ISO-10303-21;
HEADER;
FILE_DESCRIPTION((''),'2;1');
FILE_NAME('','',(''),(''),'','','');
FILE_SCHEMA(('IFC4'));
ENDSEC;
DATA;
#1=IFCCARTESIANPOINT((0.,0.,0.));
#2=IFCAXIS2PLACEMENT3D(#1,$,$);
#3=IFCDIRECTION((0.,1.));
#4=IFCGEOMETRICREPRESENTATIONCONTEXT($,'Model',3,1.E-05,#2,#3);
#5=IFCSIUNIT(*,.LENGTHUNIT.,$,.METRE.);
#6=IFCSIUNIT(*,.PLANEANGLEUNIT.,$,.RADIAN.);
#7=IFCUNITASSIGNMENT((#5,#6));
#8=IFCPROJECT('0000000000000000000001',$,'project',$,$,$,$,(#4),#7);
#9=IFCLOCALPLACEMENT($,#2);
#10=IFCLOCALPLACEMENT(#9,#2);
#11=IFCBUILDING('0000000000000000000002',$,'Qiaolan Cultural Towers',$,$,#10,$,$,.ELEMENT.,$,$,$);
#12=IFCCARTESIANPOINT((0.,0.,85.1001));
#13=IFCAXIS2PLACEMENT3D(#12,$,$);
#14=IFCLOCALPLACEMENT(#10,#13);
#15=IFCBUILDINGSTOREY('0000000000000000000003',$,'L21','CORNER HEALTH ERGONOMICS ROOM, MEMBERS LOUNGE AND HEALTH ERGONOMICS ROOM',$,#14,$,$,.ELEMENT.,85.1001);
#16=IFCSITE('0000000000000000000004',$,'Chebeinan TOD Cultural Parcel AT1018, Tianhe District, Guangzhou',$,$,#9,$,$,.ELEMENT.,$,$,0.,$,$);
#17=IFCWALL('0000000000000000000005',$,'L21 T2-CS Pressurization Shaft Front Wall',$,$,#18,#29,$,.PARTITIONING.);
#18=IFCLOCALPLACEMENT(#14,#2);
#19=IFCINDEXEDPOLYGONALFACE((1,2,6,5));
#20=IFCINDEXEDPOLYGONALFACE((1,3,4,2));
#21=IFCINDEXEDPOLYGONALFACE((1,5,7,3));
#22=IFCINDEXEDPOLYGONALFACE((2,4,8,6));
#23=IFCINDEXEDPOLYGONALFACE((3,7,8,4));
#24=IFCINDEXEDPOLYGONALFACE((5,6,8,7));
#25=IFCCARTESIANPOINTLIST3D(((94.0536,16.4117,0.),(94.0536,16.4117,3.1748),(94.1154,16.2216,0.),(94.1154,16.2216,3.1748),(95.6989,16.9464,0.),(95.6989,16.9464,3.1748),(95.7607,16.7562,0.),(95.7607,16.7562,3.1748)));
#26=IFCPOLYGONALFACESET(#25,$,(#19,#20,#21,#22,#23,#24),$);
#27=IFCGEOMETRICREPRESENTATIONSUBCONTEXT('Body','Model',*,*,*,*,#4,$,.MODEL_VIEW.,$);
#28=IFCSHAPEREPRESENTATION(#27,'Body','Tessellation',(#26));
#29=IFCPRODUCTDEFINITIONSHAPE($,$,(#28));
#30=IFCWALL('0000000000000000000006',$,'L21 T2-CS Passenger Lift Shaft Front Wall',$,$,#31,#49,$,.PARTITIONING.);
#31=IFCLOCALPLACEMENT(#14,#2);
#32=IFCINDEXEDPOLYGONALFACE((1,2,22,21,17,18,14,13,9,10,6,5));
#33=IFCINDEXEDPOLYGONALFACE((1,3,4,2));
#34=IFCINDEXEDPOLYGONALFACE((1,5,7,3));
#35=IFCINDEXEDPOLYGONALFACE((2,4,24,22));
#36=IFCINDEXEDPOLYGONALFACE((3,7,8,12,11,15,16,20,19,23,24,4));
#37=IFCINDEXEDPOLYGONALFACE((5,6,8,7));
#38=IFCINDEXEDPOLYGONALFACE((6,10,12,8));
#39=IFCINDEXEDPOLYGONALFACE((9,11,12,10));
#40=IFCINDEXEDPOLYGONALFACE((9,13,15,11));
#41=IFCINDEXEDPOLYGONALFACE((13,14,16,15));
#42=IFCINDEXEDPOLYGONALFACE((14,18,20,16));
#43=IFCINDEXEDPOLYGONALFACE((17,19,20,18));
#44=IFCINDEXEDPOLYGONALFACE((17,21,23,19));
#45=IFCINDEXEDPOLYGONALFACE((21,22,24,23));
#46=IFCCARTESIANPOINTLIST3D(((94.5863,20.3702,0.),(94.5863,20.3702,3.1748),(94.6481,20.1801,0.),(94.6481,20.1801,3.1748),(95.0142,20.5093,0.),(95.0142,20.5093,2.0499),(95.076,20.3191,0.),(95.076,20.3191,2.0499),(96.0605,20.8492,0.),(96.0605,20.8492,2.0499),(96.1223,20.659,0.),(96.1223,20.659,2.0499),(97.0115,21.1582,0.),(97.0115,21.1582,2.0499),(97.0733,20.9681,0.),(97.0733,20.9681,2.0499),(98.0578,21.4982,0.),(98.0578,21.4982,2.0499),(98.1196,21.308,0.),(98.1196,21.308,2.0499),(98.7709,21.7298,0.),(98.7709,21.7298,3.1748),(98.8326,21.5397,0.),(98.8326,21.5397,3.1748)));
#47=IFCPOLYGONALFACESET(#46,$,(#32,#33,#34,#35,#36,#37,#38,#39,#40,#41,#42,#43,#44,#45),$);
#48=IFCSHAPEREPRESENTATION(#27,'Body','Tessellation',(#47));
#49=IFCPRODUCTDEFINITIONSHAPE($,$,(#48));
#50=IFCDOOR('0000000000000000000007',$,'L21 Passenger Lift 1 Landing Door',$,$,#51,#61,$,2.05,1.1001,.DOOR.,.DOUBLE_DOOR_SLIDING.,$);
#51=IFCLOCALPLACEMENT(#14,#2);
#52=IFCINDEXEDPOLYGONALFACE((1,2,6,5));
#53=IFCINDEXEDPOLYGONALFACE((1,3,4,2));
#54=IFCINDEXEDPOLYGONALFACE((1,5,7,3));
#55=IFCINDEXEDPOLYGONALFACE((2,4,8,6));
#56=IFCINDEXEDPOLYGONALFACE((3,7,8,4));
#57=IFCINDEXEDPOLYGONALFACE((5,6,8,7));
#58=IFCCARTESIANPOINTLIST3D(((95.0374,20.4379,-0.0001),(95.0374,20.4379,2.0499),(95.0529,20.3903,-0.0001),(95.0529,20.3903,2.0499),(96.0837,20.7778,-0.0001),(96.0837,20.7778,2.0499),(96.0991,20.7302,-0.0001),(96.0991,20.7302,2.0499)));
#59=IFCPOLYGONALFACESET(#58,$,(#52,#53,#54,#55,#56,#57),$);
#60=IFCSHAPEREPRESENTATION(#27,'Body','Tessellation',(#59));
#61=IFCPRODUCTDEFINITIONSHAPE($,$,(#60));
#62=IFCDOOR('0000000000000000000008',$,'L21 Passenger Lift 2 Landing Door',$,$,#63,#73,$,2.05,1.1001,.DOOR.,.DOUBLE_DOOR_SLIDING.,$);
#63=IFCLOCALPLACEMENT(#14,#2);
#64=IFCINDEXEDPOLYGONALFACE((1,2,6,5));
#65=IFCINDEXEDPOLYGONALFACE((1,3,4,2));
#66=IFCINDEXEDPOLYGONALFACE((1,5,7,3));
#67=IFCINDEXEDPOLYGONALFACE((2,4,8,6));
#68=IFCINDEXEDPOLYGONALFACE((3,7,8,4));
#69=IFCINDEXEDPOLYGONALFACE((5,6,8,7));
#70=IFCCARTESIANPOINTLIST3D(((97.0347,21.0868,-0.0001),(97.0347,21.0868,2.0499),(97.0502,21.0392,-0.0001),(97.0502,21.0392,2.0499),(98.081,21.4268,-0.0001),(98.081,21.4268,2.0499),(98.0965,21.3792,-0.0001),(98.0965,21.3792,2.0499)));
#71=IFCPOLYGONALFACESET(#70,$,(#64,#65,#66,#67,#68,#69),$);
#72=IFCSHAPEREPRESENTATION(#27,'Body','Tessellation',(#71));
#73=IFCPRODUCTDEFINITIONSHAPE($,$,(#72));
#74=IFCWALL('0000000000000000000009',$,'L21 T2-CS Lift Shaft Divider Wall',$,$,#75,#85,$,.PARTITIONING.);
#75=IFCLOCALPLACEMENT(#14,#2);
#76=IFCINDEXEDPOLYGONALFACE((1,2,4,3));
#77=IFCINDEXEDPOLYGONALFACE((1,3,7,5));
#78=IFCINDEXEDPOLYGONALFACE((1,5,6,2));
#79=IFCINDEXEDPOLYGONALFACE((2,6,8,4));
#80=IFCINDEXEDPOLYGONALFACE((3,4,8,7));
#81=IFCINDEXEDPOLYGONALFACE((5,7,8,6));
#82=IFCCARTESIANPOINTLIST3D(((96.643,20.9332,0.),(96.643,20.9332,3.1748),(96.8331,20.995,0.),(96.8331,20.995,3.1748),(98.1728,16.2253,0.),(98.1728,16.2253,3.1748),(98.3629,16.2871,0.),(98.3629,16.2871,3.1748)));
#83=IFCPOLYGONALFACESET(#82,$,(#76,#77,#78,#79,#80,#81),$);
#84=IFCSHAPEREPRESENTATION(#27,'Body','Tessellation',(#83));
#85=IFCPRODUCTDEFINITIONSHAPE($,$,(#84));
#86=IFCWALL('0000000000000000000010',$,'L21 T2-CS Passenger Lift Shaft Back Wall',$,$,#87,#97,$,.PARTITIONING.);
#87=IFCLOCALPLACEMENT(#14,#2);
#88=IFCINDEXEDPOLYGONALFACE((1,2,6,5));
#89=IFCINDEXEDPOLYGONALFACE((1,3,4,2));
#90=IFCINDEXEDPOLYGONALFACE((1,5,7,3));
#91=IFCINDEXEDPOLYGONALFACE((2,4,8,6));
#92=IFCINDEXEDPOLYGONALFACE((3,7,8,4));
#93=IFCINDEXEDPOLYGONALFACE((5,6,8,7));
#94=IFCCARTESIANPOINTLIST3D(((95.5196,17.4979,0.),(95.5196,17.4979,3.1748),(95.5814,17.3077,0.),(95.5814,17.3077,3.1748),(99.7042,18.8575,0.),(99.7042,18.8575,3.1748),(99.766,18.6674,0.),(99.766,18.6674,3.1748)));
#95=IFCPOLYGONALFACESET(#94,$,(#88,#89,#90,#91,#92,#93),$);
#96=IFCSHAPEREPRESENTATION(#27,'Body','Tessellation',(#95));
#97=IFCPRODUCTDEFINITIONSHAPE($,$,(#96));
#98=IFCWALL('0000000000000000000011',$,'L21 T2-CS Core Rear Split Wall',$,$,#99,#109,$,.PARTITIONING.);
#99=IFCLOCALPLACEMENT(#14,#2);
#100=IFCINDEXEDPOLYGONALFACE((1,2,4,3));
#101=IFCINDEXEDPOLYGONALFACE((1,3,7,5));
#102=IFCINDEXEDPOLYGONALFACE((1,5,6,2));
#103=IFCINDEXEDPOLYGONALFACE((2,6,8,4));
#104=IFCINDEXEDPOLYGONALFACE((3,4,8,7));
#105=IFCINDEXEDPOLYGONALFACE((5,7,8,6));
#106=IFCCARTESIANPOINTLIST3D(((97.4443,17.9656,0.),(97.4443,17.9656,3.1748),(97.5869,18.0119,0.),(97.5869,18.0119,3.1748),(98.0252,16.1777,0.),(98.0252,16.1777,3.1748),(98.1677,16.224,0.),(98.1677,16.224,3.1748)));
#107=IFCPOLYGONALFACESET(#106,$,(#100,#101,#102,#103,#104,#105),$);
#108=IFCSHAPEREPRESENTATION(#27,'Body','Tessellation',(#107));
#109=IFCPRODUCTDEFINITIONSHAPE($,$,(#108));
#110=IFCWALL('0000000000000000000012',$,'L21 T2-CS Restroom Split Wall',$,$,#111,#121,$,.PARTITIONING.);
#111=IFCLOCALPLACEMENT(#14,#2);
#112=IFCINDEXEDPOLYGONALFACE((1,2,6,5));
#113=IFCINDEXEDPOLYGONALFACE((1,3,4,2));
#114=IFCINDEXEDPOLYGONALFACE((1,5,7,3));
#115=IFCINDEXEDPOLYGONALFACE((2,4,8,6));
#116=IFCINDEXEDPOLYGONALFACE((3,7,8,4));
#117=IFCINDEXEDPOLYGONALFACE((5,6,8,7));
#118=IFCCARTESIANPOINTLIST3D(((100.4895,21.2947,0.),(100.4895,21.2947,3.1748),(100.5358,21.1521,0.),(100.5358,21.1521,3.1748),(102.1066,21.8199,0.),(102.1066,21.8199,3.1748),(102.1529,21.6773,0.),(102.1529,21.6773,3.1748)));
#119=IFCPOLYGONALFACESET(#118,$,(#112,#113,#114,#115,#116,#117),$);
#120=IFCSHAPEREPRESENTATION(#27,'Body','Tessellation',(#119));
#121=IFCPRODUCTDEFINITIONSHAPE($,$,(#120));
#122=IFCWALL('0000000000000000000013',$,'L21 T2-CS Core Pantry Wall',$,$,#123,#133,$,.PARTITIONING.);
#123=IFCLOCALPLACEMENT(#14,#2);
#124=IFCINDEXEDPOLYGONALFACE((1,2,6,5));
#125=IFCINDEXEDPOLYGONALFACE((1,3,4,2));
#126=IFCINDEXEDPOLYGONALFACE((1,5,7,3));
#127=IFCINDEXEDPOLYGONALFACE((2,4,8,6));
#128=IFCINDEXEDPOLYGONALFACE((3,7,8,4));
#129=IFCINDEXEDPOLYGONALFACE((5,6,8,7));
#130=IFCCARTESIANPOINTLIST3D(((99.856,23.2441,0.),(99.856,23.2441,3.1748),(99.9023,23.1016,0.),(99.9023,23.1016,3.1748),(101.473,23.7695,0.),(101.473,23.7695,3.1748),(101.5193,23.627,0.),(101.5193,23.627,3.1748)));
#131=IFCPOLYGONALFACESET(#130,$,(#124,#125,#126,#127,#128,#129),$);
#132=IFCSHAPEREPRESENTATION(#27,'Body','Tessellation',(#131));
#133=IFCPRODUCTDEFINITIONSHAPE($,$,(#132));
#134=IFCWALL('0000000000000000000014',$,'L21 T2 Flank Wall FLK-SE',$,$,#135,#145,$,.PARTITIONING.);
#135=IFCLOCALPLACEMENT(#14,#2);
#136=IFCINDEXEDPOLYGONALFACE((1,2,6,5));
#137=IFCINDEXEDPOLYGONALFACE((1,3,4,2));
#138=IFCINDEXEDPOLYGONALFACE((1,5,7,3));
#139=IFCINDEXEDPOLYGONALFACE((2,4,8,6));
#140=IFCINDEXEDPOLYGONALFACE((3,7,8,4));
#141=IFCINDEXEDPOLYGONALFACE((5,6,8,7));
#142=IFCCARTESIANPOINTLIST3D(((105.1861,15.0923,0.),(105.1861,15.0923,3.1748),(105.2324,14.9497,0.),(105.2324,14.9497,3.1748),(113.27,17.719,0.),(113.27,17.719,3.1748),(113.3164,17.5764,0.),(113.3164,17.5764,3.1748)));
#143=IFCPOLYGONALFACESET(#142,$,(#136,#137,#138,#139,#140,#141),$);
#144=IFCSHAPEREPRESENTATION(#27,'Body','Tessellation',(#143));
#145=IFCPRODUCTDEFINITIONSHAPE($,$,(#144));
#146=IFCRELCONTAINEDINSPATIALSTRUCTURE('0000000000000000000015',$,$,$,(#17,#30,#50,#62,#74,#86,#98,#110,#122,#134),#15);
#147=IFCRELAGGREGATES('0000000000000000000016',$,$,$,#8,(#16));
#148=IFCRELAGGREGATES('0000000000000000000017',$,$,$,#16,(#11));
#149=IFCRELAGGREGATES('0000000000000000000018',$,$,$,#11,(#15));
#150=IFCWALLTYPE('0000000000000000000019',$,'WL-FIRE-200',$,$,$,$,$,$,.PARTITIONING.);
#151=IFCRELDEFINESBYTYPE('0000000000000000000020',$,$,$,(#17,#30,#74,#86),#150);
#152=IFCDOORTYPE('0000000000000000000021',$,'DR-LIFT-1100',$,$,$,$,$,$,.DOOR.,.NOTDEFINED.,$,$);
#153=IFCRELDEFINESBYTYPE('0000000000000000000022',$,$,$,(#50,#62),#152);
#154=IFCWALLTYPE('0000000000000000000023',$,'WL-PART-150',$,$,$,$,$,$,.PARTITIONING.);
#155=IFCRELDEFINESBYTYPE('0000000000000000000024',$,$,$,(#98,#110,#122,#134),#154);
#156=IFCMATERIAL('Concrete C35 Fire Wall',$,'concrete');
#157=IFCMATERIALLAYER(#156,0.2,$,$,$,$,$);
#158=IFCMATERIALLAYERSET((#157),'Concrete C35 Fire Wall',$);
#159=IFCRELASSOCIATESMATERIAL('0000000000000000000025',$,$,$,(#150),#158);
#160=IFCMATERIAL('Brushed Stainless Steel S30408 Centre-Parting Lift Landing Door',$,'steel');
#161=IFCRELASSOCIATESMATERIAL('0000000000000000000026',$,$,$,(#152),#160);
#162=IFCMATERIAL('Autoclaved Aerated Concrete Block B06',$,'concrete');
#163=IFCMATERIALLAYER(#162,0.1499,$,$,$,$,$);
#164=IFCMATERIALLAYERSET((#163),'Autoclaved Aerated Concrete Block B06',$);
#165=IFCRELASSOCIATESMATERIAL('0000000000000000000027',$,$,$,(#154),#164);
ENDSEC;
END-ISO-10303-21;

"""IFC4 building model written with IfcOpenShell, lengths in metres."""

from ifc_helpers import new_model, si_unit, direction, frame, frame_2d, origin, place, context, subcontext, project, spatial, rectangle, extrude, material, layer, layer_set, type_object, element, fill, save


model = new_model("IFC4")

# Units and contexts
model_context = context("Model", 3, precision=1e-05, world=origin(), true_north=direction((0.0, 1.0)))
body_context = subcontext(model_context, "Body", "Model", "MODEL_VIEW")
ifc_project = project(units=[si_unit("LENGTHUNIT", "METRE"), si_unit("PLANEANGLEUNIT", "RADIAN")], contexts=[model_context])

# Site, building, storey
site_placement = place(None, origin())
site = spatial("IfcSite", under=ifc_project, at=site_placement, Name="Chebeinan TOD Cultural Parcel AT1018, Tianhe District, Guangzhou", CompositionType="ELEMENT", RefElevation=0.0)
building_placement = place(site_placement, origin())
building = spatial("IfcBuilding", under=site, at=building_placement, Name="Qiaolan Cultural Towers", CompositionType="ELEMENT")
storey_placement = place(building_placement, frame((0.0, 0.0, 85.1001)))
storey = spatial("IfcBuildingStorey", under=building, at=storey_placement, Name="L21", Description="CORNER HEALTH ERGONOMICS ROOM, MEMBERS LOUNGE AND HEALTH ERGONOMICS ROOM", CompositionType="ELEMENT", Elevation=85.1001)

# Wall
ifc_material_1 = material(Name="Concrete C35 Fire Wall", Category="concrete")
ifc_layer_1 = layer(ifc_material_1, 0.2)
ifc_layer_set_1 = layer_set([ifc_layer_1], Name="Concrete C35 Fire Wall")
wall_type_1 = type_object("IfcWallType", Name="WL-FIRE-200", PredefinedType="PARTITIONING", material=ifc_layer_set_1)
wall_1_placement = place(storey_placement, frame((94.0845, 16.3167, 0.0), z_axis=(0.0, 0.0, 1.0), x_axis=(0.951041, 0.309064, 0.0)))
element("IfcWall", 1, at=wall_1_placement, inside=storey, type_object=wall_type_1, Name="L21 T2-CS Pressurization Shaft Front Wall", PredefinedType="PARTITIONING", context=body_context, shape_type="SweptSolid", body=[
    extrude(rectangle(XDim=1.73, YDim=0.2, at=frame_2d((0.865, 0.0))), origin(), (0.0, 0.0, 1.0), 3.1748),
])

# Wall, openings, doors
wall_2_placement = place(storey_placement, frame((94.6172, 20.2751, 0.0), z_axis=(0.0, 0.0, 1.0), x_axis=(0.951059, 0.309011, 0.0)))
wall_2 = element("IfcWall", 2, at=wall_2_placement, inside=storey, type_object=wall_type_1, Name="L21 T2-CS Passenger Lift Shaft Front Wall", PredefinedType="PARTITIONING", context=body_context, shape_type="SweptSolid", body=[
    extrude(rectangle(XDim=4.3999, YDim=0.2, at=frame_2d((2.2, 0.0))), origin(), (0.0, 0.0, 1.0), 3.1748),
])
opening_1_placement = place(wall_2_placement, frame((0.45, 0.0, 0.0)))
opening_1 = element("IfcOpeningElement", 3, at=opening_1_placement, cuts=wall_2, PredefinedType="OPENING", context=body_context, shape_type="SweptSolid", body=[
    extrude(rectangle(XDim=1.1001, YDim=2.05, at=frame_2d((0.55, 1.0249))), frame((0.0, 0.1099, 0.0), z_axis=(0.0, -1.0, 0.0), x_axis=(1.0, 0.0, 0.0)), (0.0, 0.0, 1.0), 0.22),
])
opening_2_placement = place(wall_2_placement, frame((2.55, 0.0, 0.0)))
opening_2 = element("IfcOpeningElement", 4, at=opening_2_placement, cuts=wall_2, PredefinedType="OPENING", context=body_context, shape_type="SweptSolid", body=[
    extrude(rectangle(XDim=1.1001, YDim=2.05, at=frame_2d((0.55, 1.0249))), frame((0.0, 0.1099, 0.0), z_axis=(0.0, -1.0, 0.0), x_axis=(1.0, 0.0, 0.0)), (0.0, 0.0, 1.0), 0.22),
])
ifc_material_2 = material(Name="Brushed Stainless Steel S30408 Centre-Parting Lift Landing Door", Category="steel")
door_type = type_object("IfcDoorType", Name="DR-LIFT-1100", OperationType="NOTDEFINED", PredefinedType="DOOR", material=ifc_material_2)
door_1_placement = place(opening_1_placement, origin())
door_1 = element("IfcDoor", 5, at=door_1_placement, inside=storey, type_object=door_type, Name="L21 Passenger Lift 1 Landing Door", OperationType="DOUBLE_DOOR_SLIDING", OverallHeight=2.05, OverallWidth=1.1001, PredefinedType="DOOR", context=body_context, shape_type="SweptSolid", body=[
    extrude(rectangle(XDim=1.1001, YDim=2.05, at=frame_2d((0.55, 1.0249))), frame((0.0, 0.0249, 0.0), z_axis=(0.0, -1.0, 0.0), x_axis=(1.0, 0.0, 0.0)), (0.0, 0.0, 1.0), 0.05),
])
fill(opening_1, door_1)
door_2_placement = place(opening_2_placement, origin())
door_2 = element("IfcDoor", 6, at=door_2_placement, inside=storey, type_object=door_type, Name="L21 Passenger Lift 2 Landing Door", OperationType="DOUBLE_DOOR_SLIDING", OverallHeight=2.05, OverallWidth=1.1001, PredefinedType="DOOR", context=body_context, shape_type="SweptSolid", body=[
    extrude(rectangle(XDim=1.1001, YDim=2.05, at=frame_2d((0.55, 1.0249))), frame((0.0, 0.0249, 0.0), z_axis=(0.0, -1.0, 0.0), x_axis=(1.0, 0.0, 0.0)), (0.0, 0.0, 1.0), 0.05),
])
fill(opening_2, door_2)

# Walls
wall_3_placement = place(storey_placement, frame((96.738, 20.9641, 0.0), z_axis=(0.0, 0.0, 1.0), x_axis=(0.309043, -0.951048, 0.0)))
element("IfcWall", 7, at=wall_3_placement, inside=storey, type_object=wall_type_1, Name="L21 T2-CS Lift Shaft Divider Wall", PredefinedType="PARTITIONING", context=body_context, shape_type="SweptSolid", body=[
    extrude(rectangle(XDim=4.9502, YDim=0.2, at=frame_2d((2.4751, 0.0))), origin(), (0.0, 0.0, 1.0), 3.1748),
])
wall_4_placement = place(storey_placement, frame((95.5505, 17.4028, 0.0), z_axis=(0.0, 0.0, 1.0), x_axis=(0.951059, 0.309011, 0.0)))
element("IfcWall", 8, at=wall_4_placement, inside=storey, type_object=wall_type_1, Name="L21 T2-CS Passenger Lift Shaft Back Wall", PredefinedType="PARTITIONING", context=body_context, shape_type="SweptSolid", body=[
    extrude(rectangle(XDim=4.3999, YDim=0.2, at=frame_2d((2.2, 0.0))), origin(), (0.0, 0.0, 1.0), 3.1748),
])
ifc_material_3 = material(Name="Autoclaved Aerated Concrete Block B06", Category="concrete")
ifc_layer_2 = layer(ifc_material_3, 0.1499)
ifc_layer_set_2 = layer_set([ifc_layer_2], Name="Autoclaved Aerated Concrete Block B06")
wall_type_2 = type_object("IfcWallType", Name="WL-PART-150", PredefinedType="PARTITIONING", material=ifc_layer_set_2)
wall_5_placement = place(storey_placement, frame((97.5156, 17.9888, 0.0), z_axis=(0.0, 0.0, 1.0), x_axis=(0.308972, -0.951071, 0.0)))
element("IfcWall", 9, at=wall_5_placement, inside=storey, type_object=wall_type_2, Name="L21 T2-CS Core Rear Split Wall", PredefinedType="PARTITIONING", context=body_context, shape_type="SweptSolid", body=[
    extrude(rectangle(XDim=1.8799, YDim=0.1499, at=frame_2d((0.9399, 0.0))), origin(), (0.0, 0.0, 1.0), 3.1748),
])
for number, where, z_axis, x_axis, name in (
    (10, (100.5127, 21.2234, 0.0), (0.0, 0.0, 1.0), (0.951096, 0.308894, 0.0), "L21 T2-CS Restroom Split Wall"),
    (11, (99.8792, 23.1729, 0.0), (0.0, 0.0, 1.0), (0.951054, 0.309024, 0.0), "L21 T2-CS Core Pantry Wall"),
):
    element("IfcWall", number, at=place(storey_placement, frame(where, z_axis=z_axis, x_axis=x_axis)), inside=storey, type_object=wall_type_2, Name=name, PredefinedType="PARTITIONING", context=body_context, shape_type="SweptSolid", body=[
        extrude(rectangle(XDim=1.7002, YDim=0.1499, at=frame_2d((0.8501, 0.0))), origin(), (0.0, 0.0, 1.0), 3.1748),
    ])
wall_6_placement = place(storey_placement, frame((105.2092, 15.021, 0.0), z_axis=(0.0, 0.0, 1.0), x_axis=(0.951054, 0.309024, 0.0)))
element("IfcWall", 12, at=wall_6_placement, inside=storey, type_object=wall_type_2, Name="L21 T2 Flank Wall FLK-SE", PredefinedType="PARTITIONING", context=body_context, shape_type="SweptSolid", body=[
    extrude(rectangle(XDim=8.5, YDim=0.1499, at=frame_2d((4.25, 0.0))), origin(), (0.0, 0.0, 1.0), 3.1748),
])

save(model, "model.ifc")
